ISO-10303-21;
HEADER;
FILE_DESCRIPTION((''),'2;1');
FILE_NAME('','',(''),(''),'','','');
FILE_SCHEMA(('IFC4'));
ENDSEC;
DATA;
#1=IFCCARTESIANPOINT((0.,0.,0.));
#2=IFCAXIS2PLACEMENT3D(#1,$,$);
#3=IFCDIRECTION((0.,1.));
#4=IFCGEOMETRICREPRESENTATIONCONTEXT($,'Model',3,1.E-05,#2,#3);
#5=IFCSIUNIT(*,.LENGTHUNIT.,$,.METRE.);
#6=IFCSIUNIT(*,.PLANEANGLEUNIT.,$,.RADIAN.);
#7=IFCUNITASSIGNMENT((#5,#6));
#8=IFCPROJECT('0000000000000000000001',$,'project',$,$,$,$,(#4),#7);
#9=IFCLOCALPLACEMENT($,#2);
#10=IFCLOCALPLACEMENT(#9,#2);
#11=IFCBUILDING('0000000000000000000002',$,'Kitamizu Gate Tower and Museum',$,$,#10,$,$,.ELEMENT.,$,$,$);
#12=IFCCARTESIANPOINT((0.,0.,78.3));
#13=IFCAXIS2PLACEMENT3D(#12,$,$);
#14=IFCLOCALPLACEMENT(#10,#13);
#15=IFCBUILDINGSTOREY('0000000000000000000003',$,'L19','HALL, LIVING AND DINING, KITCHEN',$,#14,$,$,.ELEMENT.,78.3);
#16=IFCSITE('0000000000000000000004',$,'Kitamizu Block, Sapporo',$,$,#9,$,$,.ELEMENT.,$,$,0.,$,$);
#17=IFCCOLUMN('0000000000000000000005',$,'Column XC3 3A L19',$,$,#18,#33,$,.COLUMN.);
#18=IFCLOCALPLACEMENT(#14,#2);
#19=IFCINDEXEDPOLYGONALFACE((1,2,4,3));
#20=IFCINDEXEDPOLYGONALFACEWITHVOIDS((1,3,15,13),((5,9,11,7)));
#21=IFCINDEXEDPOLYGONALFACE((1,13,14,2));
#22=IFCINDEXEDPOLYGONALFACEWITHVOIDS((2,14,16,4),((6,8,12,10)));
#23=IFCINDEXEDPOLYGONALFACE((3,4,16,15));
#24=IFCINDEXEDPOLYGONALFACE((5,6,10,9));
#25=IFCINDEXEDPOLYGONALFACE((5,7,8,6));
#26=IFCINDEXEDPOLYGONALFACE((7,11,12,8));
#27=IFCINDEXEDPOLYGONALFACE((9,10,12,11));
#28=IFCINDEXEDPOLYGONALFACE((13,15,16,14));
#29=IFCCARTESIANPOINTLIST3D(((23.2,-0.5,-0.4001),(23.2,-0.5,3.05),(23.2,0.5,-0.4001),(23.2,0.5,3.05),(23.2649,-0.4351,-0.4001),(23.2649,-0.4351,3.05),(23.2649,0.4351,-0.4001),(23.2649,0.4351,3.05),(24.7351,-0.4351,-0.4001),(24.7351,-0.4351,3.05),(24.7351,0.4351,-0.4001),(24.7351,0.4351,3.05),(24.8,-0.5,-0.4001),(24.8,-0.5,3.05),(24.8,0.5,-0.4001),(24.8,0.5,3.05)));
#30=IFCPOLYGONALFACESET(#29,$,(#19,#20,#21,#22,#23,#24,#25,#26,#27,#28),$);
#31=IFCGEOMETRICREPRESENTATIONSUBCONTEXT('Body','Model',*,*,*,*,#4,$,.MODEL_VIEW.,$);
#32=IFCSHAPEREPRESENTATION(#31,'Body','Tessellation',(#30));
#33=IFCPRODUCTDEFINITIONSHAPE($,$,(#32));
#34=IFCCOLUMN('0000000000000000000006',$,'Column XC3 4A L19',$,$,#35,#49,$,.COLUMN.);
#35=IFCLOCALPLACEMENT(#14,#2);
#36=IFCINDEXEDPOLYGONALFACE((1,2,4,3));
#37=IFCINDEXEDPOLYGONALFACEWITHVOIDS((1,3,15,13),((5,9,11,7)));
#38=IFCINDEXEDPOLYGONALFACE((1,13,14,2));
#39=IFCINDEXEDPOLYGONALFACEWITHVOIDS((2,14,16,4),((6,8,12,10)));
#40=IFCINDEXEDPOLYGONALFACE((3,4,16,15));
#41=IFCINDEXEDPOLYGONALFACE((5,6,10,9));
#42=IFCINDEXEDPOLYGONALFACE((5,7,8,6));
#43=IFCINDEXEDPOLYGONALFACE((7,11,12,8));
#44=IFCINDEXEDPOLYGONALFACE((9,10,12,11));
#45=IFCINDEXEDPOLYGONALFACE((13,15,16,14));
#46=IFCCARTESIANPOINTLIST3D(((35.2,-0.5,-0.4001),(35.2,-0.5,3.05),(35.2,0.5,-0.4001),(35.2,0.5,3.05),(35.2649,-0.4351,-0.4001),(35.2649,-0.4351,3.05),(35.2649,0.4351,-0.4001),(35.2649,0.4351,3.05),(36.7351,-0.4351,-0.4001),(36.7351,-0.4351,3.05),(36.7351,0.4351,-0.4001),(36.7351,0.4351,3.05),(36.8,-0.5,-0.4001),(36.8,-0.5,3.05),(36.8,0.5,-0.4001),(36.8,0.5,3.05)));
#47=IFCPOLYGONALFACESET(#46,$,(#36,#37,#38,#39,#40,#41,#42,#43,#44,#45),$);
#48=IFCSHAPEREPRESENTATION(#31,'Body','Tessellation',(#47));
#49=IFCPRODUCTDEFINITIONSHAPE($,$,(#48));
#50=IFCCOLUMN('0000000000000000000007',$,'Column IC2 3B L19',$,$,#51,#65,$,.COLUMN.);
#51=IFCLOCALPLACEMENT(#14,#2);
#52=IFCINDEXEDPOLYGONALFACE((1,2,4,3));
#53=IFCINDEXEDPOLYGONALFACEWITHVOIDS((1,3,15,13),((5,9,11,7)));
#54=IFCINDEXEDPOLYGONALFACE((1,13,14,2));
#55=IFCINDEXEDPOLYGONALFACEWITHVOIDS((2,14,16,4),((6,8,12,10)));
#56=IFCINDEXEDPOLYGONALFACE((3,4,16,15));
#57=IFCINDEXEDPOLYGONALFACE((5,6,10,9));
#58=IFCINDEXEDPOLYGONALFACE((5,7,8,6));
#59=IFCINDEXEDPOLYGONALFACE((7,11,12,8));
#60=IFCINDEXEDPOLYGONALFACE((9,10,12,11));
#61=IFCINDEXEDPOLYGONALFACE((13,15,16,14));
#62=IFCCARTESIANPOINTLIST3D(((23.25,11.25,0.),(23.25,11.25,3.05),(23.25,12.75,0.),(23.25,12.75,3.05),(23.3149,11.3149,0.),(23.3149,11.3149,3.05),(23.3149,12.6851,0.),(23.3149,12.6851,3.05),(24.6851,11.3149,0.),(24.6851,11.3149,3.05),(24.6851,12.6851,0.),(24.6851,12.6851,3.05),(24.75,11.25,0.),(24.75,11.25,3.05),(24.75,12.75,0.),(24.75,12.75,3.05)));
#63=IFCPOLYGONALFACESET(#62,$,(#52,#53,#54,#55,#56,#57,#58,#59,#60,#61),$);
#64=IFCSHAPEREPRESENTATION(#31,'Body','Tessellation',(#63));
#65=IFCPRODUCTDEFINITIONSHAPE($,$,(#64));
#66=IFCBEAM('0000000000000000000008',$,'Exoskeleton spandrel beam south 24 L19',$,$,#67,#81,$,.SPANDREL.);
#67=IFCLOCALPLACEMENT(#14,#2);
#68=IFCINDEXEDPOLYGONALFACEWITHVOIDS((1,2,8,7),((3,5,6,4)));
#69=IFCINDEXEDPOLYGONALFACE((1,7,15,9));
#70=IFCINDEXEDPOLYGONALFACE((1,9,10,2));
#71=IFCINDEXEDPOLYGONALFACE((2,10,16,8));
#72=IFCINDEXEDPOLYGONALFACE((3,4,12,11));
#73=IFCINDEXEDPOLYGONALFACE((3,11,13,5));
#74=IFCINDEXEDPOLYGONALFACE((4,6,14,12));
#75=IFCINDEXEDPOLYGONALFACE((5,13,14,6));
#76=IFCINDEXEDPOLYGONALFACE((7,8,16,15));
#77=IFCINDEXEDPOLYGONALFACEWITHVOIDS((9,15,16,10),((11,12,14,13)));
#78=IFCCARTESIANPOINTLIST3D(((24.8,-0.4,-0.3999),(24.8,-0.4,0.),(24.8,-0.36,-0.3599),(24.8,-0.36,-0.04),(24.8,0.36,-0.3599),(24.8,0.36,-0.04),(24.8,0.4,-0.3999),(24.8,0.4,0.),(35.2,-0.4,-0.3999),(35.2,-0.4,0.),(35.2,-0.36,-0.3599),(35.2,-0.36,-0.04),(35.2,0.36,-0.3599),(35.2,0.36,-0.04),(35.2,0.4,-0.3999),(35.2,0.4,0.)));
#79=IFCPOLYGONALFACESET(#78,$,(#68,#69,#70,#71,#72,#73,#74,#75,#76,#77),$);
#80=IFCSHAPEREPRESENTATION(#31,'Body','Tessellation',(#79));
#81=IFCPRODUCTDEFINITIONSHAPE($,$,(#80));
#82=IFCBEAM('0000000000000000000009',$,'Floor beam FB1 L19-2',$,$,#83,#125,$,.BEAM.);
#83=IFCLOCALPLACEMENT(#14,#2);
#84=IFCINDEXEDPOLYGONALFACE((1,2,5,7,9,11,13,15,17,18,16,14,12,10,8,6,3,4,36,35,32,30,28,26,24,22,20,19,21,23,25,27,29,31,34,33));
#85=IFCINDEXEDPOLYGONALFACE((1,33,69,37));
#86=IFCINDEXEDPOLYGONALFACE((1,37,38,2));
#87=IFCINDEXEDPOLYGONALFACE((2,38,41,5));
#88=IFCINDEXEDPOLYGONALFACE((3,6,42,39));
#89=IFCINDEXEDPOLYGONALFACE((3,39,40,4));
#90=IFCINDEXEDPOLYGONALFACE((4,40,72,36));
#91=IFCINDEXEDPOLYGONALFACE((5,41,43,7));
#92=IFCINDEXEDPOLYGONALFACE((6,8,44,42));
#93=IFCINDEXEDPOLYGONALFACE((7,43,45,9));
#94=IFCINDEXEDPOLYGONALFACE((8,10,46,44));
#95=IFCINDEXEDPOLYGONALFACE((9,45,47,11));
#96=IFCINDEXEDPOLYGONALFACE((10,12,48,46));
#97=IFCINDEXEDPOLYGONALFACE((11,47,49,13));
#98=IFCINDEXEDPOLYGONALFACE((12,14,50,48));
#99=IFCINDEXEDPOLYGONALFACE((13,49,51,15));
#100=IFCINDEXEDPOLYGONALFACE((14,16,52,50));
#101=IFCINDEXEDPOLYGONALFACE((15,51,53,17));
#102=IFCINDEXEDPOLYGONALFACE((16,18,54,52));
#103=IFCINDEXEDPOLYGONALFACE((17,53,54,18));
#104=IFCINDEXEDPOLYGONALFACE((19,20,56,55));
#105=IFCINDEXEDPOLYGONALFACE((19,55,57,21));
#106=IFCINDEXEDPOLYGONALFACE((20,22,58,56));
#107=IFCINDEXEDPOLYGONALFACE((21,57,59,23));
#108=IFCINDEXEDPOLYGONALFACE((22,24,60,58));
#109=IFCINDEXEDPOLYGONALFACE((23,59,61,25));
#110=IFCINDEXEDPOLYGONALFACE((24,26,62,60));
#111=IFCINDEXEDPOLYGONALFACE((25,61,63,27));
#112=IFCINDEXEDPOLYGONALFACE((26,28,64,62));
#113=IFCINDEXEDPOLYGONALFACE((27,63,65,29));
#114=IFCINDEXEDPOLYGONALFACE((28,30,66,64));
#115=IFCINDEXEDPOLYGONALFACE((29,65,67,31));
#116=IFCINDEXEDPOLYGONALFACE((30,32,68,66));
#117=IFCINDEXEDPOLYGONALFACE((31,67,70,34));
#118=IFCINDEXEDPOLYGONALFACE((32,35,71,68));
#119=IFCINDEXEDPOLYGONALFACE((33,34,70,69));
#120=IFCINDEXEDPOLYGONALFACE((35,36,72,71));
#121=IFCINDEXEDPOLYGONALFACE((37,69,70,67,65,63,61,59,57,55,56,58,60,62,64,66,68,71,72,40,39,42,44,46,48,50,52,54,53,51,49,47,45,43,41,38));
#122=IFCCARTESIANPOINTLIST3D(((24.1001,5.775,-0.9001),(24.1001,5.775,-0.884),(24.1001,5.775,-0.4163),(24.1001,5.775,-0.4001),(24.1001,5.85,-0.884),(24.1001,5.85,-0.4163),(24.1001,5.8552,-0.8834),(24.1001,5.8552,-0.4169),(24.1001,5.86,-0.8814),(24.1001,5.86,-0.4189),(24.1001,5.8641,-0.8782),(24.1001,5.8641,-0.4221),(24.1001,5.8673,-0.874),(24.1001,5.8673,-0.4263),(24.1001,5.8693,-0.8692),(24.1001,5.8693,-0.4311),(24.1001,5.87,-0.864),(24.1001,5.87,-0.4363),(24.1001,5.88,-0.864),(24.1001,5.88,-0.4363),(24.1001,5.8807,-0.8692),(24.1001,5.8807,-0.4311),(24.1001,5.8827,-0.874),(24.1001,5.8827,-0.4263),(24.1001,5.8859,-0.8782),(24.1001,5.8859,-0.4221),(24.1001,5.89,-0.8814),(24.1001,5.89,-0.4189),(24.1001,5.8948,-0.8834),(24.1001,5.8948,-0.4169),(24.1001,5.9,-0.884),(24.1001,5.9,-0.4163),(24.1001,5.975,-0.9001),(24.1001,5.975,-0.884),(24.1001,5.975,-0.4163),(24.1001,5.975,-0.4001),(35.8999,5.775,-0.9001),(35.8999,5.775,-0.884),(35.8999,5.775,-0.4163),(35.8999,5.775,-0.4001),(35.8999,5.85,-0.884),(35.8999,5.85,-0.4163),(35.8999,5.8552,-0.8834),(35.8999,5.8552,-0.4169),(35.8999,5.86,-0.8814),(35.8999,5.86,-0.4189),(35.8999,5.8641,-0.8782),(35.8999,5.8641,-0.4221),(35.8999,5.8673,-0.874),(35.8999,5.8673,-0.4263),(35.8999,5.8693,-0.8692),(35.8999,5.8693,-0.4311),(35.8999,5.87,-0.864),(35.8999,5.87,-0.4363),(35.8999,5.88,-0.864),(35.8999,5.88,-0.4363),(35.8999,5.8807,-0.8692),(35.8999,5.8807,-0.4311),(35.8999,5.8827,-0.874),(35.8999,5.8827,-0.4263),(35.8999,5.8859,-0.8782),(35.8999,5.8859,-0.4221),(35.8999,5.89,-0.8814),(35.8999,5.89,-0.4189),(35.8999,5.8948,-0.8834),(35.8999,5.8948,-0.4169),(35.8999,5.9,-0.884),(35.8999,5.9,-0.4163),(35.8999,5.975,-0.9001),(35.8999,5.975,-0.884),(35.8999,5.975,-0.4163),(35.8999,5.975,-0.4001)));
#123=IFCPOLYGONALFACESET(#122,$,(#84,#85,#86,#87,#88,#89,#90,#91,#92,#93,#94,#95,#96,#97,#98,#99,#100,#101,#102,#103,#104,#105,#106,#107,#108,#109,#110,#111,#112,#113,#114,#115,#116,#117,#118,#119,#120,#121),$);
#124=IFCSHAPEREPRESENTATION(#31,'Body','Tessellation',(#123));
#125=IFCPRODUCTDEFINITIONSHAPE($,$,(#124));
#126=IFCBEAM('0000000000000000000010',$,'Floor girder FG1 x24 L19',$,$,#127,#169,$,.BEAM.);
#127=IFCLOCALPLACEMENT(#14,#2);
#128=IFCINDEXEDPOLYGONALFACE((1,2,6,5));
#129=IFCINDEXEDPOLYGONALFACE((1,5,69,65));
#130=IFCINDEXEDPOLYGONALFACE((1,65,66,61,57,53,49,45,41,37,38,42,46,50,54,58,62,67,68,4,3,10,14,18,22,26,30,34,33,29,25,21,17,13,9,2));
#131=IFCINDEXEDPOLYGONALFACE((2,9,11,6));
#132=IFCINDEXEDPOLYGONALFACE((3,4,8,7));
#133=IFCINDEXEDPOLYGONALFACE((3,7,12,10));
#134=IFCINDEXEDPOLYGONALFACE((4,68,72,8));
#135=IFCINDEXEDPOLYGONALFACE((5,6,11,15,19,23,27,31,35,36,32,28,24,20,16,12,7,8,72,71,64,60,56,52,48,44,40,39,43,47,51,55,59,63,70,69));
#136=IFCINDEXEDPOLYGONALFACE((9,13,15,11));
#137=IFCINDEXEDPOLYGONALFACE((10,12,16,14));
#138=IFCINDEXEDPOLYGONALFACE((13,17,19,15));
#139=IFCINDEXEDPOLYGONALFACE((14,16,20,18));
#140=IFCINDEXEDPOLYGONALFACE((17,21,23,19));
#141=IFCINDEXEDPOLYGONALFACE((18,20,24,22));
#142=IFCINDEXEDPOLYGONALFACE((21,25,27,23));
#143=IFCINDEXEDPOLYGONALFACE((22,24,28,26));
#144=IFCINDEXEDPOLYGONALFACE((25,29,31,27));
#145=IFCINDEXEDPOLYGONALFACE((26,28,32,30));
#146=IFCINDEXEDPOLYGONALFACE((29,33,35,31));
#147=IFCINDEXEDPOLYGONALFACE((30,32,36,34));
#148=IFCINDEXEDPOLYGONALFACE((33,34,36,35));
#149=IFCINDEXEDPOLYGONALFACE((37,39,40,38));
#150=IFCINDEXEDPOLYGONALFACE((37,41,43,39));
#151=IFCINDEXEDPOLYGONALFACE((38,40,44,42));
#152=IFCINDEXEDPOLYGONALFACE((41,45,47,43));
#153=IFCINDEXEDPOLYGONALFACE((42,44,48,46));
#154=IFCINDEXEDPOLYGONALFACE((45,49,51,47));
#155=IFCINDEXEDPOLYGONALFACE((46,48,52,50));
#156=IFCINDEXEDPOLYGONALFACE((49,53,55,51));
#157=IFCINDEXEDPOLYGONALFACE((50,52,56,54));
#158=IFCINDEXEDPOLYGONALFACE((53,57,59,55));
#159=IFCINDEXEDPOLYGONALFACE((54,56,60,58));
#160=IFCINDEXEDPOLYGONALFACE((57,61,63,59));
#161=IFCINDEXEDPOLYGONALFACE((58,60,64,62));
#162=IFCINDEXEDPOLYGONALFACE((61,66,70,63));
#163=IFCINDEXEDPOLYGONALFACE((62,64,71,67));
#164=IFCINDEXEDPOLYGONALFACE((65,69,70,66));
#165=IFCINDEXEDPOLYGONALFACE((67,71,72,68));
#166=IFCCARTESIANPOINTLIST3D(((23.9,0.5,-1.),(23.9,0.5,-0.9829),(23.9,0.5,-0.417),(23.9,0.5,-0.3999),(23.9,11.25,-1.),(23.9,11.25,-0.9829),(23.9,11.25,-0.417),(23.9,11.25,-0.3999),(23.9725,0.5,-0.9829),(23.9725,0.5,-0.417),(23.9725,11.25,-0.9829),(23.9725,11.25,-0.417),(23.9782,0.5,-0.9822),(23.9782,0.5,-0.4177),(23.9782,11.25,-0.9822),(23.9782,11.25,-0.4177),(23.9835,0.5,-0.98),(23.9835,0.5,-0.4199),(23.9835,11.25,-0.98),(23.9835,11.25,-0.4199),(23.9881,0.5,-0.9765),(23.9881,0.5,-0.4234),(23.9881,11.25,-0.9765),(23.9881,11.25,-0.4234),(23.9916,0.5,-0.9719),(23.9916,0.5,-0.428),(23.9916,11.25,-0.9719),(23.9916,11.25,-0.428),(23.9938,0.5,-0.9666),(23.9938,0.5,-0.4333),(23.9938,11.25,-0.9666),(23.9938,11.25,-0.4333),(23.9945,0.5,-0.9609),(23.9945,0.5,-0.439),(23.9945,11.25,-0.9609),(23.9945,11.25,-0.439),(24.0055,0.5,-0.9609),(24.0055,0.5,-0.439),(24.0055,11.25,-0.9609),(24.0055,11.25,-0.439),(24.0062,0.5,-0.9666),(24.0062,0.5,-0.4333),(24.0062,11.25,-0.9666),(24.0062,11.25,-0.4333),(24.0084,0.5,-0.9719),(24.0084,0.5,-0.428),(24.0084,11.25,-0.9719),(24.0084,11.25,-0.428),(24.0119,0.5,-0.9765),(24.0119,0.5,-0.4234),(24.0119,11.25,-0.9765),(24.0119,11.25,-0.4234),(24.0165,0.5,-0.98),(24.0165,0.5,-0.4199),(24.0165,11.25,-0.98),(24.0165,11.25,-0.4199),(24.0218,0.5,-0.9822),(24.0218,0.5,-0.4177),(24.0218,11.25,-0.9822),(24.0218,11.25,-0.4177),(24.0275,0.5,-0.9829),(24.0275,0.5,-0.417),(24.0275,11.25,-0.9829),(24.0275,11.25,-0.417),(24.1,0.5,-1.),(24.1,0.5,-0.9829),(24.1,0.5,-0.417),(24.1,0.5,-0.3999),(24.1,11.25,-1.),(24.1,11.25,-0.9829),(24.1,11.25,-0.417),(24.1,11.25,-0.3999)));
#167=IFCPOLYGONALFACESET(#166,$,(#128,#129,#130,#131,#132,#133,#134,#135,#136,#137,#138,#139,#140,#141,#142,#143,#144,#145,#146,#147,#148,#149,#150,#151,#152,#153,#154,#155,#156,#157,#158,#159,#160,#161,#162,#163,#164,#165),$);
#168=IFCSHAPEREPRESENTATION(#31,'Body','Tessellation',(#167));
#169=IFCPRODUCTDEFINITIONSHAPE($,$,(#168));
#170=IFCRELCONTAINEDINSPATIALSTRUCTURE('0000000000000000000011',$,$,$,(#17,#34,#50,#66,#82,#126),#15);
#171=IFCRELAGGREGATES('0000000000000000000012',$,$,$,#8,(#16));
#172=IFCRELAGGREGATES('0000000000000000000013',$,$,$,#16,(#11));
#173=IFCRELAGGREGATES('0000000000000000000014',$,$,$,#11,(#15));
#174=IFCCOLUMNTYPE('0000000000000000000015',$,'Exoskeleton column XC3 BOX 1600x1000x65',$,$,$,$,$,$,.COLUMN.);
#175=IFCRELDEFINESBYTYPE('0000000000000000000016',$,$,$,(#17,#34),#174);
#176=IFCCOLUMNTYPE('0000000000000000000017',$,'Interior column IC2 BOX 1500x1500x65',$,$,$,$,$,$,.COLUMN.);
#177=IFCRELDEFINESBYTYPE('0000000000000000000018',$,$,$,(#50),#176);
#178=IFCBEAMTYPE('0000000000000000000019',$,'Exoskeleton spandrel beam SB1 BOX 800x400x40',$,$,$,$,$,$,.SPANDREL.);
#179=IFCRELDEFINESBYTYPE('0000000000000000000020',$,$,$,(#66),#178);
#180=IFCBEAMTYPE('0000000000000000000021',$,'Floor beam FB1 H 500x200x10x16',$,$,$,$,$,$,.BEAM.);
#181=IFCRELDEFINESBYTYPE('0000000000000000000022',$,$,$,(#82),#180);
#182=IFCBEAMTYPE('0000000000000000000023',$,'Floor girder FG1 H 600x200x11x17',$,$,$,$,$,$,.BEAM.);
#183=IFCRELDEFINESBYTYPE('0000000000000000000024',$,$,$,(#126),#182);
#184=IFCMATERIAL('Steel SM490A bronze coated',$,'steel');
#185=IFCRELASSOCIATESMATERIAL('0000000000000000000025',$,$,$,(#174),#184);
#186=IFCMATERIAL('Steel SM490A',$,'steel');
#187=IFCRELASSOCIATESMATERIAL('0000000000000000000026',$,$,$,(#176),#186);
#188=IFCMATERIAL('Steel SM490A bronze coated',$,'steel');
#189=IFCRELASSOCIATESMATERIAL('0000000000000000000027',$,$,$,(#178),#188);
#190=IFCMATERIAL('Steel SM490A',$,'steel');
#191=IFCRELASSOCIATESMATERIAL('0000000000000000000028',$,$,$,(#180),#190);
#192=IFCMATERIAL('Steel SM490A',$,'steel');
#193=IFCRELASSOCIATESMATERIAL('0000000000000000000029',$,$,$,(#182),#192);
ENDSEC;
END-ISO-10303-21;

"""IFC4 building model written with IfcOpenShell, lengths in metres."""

from ifc_helpers import new_model, si_unit, direction, frame, origin, origin_2d, place, context, subcontext, project, spatial, hollow_rectangle, i_section, extrude, material, material_profile, profile_set, type_object, element, save


model = new_model("IFC4")

# Units and contexts
model_context = context("Model", 3, precision=1e-05, world=origin(), true_north=direction((0.0, 1.0)))
body_context = subcontext(model_context, "Body", "Model", "MODEL_VIEW")
ifc_project = project(units=[si_unit("LENGTHUNIT", "METRE"), si_unit("PLANEANGLEUNIT", "RADIAN")], contexts=[model_context])

# Site, building, storey
site_placement = place(None, origin())
site = spatial("IfcSite", under=ifc_project, at=site_placement, Name="Kitamizu Block, Sapporo", CompositionType="ELEMENT", RefElevation=0.0)
building_placement = place(site_placement, origin())
building = spatial("IfcBuilding", under=site, at=building_placement, Name="Kitamizu Gate Tower and Museum", CompositionType="ELEMENT")
storey_placement = place(building_placement, frame((0.0, 0.0, 78.3)))
storey = spatial("IfcBuildingStorey", under=building, at=storey_placement, Name="L19", Description="HALL, LIVING AND DINING, KITCHEN", CompositionType="ELEMENT", Elevation=78.3)

# Columns
ifc_material_1 = material(Name="Steel SM490A bronze coated", Category="steel")
ifc_material_profile_1 = material_profile(ifc_material_1, hollow_rectangle(XDim=1.6001, YDim=1.0, WallThickness=0.0649, at=origin_2d()), Name="BOX 1600x1000x65")
ifc_profile_set_1 = profile_set([ifc_material_profile_1], Name="Steel SM490A bronze coated")
column_type_1 = type_object("IfcColumnType", Name="Exoskeleton column XC3 BOX 1600x1000x65", PredefinedType="COLUMN", material=ifc_profile_set_1)
for number, where, z_axis, x_axis, name in (
    (1, (24.0, 0.0, -0.4001), (0.0, 0.0, 1.0), (1.0, 0.0, 0.0), "Column XC3 3A L19"),
    (2, (36.0, 0.0, -0.4001), (0.0, 0.0, 1.0), (1.0, 0.0, 0.0), "Column XC3 4A L19"),
):
    element("IfcColumn", number, at=place(storey_placement, frame(where, z_axis=z_axis, x_axis=x_axis)), inside=storey, type_object=column_type_1, Name=name, PredefinedType="COLUMN", context=body_context, shape_type="SweptSolid", body=[
        extrude(hollow_rectangle(XDim=1.6001, YDim=1.0, WallThickness=0.0649, at=origin_2d()), origin(), (0.0, 0.0, 1.0), 3.4502),
    ])
ifc_material_2 = material(Name="Steel SM490A", Category="steel")
ifc_material_profile_2 = material_profile(ifc_material_2, hollow_rectangle(XDim=1.5, YDim=1.5, WallThickness=0.0649, at=origin_2d()), Name="BOX 1500x1500x65")
ifc_profile_set_2 = profile_set([ifc_material_profile_2], Name="Steel SM490A")
column_type_2 = type_object("IfcColumnType", Name="Interior column IC2 BOX 1500x1500x65", PredefinedType="COLUMN", material=ifc_profile_set_2)
column_placement = place(storey_placement, frame((24.0, 12.0, 0.0), z_axis=(0.0, 0.0, 1.0), x_axis=(1.0, 0.0, 0.0)))
element("IfcColumn", 3, at=column_placement, inside=storey, type_object=column_type_2, Name="Column IC2 3B L19", PredefinedType="COLUMN", context=body_context, shape_type="SweptSolid", body=[
    extrude(hollow_rectangle(XDim=1.5, YDim=1.5, WallThickness=0.0649, at=origin_2d()), origin(), (0.0, 0.0, 1.0), 3.05),
])

# Beams
ifc_material_3 = material(Name="Steel SM490A bronze coated", Category="steel")
ifc_material_profile_3 = material_profile(ifc_material_3, hollow_rectangle(XDim=0.8, YDim=0.3999, WallThickness=0.04, at=origin_2d()), Name="BOX 800x400x40")
ifc_profile_set_3 = profile_set([ifc_material_profile_3], Name="Steel SM490A bronze coated")
beam_type_1 = type_object("IfcBeamType", Name="Exoskeleton spandrel beam SB1 BOX 800x400x40", PredefinedType="SPANDREL", material=ifc_profile_set_3)
beam_1_placement = place(storey_placement, frame((24.8, 0.0, -0.2), z_axis=(1.0, 0.0, 0.0), x_axis=(0.0, 1.0, 0.0)))
element("IfcBeam", 4, at=beam_1_placement, inside=storey, type_object=beam_type_1, Name="Exoskeleton spandrel beam south 24 L19", PredefinedType="SPANDREL", context=body_context, shape_type="SweptSolid", body=[
    extrude(hollow_rectangle(XDim=0.8, YDim=0.3999, WallThickness=0.04, at=origin_2d()), origin(), (0.0, 0.0, 1.0), 10.3999),
])
ifc_material_4 = material(Name="Steel SM490A", Category="steel")
ifc_material_profile_4 = material_profile(ifc_material_4, i_section(OverallWidth=0.2, OverallDepth=0.5, WebThickness=0.01, FlangeThickness=0.0161, FilletRadius=0.02, at=origin_2d()), Name="H-500x200x10x16")
ifc_profile_set_4 = profile_set([ifc_material_profile_4], Name="Steel SM490A")
beam_type_2 = type_object("IfcBeamType", Name="Floor beam FB1 H 500x200x10x16", PredefinedType="BEAM", material=ifc_profile_set_4)
beam_2_placement = place(storey_placement, frame((24.1001, 5.875, -0.6501), z_axis=(1.0, 0.0, 0.0), x_axis=(0.0, 1.0, 0.0)))
element("IfcBeam", 5, at=beam_2_placement, inside=storey, type_object=beam_type_2, Name="Floor beam FB1 L19-2", PredefinedType="BEAM", context=body_context, shape_type="SweptSolid", body=[
    extrude(i_section(OverallWidth=0.2, OverallDepth=0.5, WebThickness=0.01, FlangeThickness=0.0161, FilletRadius=0.02, at=origin_2d()), origin(), (0.0, 0.0, 1.0), 11.7998),
])
ifc_material_5 = material(Name="Steel SM490A", Category="steel")
ifc_material_profile_5 = material_profile(ifc_material_5, i_section(OverallWidth=0.2, OverallDepth=0.6001, WebThickness=0.011, FlangeThickness=0.0171, FilletRadius=0.022, at=origin_2d()), Name="H-600x200x11x17")
ifc_profile_set_5 = profile_set([ifc_material_profile_5], Name="Steel SM490A")
beam_type_3 = type_object("IfcBeamType", Name="Floor girder FG1 H 600x200x11x17", PredefinedType="BEAM", material=ifc_profile_set_5)
for number, where, z_axis, x_axis, name in (
    (6, (24.0, 0.5, -0.7), (0.0, 1.0, 0.0), (-1.0, 0.0, 0.0), "Floor girder FG1 x24 L19"),
):
    element("IfcBeam", number, at=place(storey_placement, frame(where, z_axis=z_axis, x_axis=x_axis)), inside=storey, type_object=beam_type_3, Name=name, PredefinedType="BEAM", context=body_context, shape_type="SweptSolid", body=[
        extrude(i_section(OverallWidth=0.2, OverallDepth=0.6001, WebThickness=0.011, FlangeThickness=0.0171, FilletRadius=0.022, at=origin_2d()), origin(), (0.0, 0.0, 1.0), 10.75),
    ])

save(model, "model.ifc")
